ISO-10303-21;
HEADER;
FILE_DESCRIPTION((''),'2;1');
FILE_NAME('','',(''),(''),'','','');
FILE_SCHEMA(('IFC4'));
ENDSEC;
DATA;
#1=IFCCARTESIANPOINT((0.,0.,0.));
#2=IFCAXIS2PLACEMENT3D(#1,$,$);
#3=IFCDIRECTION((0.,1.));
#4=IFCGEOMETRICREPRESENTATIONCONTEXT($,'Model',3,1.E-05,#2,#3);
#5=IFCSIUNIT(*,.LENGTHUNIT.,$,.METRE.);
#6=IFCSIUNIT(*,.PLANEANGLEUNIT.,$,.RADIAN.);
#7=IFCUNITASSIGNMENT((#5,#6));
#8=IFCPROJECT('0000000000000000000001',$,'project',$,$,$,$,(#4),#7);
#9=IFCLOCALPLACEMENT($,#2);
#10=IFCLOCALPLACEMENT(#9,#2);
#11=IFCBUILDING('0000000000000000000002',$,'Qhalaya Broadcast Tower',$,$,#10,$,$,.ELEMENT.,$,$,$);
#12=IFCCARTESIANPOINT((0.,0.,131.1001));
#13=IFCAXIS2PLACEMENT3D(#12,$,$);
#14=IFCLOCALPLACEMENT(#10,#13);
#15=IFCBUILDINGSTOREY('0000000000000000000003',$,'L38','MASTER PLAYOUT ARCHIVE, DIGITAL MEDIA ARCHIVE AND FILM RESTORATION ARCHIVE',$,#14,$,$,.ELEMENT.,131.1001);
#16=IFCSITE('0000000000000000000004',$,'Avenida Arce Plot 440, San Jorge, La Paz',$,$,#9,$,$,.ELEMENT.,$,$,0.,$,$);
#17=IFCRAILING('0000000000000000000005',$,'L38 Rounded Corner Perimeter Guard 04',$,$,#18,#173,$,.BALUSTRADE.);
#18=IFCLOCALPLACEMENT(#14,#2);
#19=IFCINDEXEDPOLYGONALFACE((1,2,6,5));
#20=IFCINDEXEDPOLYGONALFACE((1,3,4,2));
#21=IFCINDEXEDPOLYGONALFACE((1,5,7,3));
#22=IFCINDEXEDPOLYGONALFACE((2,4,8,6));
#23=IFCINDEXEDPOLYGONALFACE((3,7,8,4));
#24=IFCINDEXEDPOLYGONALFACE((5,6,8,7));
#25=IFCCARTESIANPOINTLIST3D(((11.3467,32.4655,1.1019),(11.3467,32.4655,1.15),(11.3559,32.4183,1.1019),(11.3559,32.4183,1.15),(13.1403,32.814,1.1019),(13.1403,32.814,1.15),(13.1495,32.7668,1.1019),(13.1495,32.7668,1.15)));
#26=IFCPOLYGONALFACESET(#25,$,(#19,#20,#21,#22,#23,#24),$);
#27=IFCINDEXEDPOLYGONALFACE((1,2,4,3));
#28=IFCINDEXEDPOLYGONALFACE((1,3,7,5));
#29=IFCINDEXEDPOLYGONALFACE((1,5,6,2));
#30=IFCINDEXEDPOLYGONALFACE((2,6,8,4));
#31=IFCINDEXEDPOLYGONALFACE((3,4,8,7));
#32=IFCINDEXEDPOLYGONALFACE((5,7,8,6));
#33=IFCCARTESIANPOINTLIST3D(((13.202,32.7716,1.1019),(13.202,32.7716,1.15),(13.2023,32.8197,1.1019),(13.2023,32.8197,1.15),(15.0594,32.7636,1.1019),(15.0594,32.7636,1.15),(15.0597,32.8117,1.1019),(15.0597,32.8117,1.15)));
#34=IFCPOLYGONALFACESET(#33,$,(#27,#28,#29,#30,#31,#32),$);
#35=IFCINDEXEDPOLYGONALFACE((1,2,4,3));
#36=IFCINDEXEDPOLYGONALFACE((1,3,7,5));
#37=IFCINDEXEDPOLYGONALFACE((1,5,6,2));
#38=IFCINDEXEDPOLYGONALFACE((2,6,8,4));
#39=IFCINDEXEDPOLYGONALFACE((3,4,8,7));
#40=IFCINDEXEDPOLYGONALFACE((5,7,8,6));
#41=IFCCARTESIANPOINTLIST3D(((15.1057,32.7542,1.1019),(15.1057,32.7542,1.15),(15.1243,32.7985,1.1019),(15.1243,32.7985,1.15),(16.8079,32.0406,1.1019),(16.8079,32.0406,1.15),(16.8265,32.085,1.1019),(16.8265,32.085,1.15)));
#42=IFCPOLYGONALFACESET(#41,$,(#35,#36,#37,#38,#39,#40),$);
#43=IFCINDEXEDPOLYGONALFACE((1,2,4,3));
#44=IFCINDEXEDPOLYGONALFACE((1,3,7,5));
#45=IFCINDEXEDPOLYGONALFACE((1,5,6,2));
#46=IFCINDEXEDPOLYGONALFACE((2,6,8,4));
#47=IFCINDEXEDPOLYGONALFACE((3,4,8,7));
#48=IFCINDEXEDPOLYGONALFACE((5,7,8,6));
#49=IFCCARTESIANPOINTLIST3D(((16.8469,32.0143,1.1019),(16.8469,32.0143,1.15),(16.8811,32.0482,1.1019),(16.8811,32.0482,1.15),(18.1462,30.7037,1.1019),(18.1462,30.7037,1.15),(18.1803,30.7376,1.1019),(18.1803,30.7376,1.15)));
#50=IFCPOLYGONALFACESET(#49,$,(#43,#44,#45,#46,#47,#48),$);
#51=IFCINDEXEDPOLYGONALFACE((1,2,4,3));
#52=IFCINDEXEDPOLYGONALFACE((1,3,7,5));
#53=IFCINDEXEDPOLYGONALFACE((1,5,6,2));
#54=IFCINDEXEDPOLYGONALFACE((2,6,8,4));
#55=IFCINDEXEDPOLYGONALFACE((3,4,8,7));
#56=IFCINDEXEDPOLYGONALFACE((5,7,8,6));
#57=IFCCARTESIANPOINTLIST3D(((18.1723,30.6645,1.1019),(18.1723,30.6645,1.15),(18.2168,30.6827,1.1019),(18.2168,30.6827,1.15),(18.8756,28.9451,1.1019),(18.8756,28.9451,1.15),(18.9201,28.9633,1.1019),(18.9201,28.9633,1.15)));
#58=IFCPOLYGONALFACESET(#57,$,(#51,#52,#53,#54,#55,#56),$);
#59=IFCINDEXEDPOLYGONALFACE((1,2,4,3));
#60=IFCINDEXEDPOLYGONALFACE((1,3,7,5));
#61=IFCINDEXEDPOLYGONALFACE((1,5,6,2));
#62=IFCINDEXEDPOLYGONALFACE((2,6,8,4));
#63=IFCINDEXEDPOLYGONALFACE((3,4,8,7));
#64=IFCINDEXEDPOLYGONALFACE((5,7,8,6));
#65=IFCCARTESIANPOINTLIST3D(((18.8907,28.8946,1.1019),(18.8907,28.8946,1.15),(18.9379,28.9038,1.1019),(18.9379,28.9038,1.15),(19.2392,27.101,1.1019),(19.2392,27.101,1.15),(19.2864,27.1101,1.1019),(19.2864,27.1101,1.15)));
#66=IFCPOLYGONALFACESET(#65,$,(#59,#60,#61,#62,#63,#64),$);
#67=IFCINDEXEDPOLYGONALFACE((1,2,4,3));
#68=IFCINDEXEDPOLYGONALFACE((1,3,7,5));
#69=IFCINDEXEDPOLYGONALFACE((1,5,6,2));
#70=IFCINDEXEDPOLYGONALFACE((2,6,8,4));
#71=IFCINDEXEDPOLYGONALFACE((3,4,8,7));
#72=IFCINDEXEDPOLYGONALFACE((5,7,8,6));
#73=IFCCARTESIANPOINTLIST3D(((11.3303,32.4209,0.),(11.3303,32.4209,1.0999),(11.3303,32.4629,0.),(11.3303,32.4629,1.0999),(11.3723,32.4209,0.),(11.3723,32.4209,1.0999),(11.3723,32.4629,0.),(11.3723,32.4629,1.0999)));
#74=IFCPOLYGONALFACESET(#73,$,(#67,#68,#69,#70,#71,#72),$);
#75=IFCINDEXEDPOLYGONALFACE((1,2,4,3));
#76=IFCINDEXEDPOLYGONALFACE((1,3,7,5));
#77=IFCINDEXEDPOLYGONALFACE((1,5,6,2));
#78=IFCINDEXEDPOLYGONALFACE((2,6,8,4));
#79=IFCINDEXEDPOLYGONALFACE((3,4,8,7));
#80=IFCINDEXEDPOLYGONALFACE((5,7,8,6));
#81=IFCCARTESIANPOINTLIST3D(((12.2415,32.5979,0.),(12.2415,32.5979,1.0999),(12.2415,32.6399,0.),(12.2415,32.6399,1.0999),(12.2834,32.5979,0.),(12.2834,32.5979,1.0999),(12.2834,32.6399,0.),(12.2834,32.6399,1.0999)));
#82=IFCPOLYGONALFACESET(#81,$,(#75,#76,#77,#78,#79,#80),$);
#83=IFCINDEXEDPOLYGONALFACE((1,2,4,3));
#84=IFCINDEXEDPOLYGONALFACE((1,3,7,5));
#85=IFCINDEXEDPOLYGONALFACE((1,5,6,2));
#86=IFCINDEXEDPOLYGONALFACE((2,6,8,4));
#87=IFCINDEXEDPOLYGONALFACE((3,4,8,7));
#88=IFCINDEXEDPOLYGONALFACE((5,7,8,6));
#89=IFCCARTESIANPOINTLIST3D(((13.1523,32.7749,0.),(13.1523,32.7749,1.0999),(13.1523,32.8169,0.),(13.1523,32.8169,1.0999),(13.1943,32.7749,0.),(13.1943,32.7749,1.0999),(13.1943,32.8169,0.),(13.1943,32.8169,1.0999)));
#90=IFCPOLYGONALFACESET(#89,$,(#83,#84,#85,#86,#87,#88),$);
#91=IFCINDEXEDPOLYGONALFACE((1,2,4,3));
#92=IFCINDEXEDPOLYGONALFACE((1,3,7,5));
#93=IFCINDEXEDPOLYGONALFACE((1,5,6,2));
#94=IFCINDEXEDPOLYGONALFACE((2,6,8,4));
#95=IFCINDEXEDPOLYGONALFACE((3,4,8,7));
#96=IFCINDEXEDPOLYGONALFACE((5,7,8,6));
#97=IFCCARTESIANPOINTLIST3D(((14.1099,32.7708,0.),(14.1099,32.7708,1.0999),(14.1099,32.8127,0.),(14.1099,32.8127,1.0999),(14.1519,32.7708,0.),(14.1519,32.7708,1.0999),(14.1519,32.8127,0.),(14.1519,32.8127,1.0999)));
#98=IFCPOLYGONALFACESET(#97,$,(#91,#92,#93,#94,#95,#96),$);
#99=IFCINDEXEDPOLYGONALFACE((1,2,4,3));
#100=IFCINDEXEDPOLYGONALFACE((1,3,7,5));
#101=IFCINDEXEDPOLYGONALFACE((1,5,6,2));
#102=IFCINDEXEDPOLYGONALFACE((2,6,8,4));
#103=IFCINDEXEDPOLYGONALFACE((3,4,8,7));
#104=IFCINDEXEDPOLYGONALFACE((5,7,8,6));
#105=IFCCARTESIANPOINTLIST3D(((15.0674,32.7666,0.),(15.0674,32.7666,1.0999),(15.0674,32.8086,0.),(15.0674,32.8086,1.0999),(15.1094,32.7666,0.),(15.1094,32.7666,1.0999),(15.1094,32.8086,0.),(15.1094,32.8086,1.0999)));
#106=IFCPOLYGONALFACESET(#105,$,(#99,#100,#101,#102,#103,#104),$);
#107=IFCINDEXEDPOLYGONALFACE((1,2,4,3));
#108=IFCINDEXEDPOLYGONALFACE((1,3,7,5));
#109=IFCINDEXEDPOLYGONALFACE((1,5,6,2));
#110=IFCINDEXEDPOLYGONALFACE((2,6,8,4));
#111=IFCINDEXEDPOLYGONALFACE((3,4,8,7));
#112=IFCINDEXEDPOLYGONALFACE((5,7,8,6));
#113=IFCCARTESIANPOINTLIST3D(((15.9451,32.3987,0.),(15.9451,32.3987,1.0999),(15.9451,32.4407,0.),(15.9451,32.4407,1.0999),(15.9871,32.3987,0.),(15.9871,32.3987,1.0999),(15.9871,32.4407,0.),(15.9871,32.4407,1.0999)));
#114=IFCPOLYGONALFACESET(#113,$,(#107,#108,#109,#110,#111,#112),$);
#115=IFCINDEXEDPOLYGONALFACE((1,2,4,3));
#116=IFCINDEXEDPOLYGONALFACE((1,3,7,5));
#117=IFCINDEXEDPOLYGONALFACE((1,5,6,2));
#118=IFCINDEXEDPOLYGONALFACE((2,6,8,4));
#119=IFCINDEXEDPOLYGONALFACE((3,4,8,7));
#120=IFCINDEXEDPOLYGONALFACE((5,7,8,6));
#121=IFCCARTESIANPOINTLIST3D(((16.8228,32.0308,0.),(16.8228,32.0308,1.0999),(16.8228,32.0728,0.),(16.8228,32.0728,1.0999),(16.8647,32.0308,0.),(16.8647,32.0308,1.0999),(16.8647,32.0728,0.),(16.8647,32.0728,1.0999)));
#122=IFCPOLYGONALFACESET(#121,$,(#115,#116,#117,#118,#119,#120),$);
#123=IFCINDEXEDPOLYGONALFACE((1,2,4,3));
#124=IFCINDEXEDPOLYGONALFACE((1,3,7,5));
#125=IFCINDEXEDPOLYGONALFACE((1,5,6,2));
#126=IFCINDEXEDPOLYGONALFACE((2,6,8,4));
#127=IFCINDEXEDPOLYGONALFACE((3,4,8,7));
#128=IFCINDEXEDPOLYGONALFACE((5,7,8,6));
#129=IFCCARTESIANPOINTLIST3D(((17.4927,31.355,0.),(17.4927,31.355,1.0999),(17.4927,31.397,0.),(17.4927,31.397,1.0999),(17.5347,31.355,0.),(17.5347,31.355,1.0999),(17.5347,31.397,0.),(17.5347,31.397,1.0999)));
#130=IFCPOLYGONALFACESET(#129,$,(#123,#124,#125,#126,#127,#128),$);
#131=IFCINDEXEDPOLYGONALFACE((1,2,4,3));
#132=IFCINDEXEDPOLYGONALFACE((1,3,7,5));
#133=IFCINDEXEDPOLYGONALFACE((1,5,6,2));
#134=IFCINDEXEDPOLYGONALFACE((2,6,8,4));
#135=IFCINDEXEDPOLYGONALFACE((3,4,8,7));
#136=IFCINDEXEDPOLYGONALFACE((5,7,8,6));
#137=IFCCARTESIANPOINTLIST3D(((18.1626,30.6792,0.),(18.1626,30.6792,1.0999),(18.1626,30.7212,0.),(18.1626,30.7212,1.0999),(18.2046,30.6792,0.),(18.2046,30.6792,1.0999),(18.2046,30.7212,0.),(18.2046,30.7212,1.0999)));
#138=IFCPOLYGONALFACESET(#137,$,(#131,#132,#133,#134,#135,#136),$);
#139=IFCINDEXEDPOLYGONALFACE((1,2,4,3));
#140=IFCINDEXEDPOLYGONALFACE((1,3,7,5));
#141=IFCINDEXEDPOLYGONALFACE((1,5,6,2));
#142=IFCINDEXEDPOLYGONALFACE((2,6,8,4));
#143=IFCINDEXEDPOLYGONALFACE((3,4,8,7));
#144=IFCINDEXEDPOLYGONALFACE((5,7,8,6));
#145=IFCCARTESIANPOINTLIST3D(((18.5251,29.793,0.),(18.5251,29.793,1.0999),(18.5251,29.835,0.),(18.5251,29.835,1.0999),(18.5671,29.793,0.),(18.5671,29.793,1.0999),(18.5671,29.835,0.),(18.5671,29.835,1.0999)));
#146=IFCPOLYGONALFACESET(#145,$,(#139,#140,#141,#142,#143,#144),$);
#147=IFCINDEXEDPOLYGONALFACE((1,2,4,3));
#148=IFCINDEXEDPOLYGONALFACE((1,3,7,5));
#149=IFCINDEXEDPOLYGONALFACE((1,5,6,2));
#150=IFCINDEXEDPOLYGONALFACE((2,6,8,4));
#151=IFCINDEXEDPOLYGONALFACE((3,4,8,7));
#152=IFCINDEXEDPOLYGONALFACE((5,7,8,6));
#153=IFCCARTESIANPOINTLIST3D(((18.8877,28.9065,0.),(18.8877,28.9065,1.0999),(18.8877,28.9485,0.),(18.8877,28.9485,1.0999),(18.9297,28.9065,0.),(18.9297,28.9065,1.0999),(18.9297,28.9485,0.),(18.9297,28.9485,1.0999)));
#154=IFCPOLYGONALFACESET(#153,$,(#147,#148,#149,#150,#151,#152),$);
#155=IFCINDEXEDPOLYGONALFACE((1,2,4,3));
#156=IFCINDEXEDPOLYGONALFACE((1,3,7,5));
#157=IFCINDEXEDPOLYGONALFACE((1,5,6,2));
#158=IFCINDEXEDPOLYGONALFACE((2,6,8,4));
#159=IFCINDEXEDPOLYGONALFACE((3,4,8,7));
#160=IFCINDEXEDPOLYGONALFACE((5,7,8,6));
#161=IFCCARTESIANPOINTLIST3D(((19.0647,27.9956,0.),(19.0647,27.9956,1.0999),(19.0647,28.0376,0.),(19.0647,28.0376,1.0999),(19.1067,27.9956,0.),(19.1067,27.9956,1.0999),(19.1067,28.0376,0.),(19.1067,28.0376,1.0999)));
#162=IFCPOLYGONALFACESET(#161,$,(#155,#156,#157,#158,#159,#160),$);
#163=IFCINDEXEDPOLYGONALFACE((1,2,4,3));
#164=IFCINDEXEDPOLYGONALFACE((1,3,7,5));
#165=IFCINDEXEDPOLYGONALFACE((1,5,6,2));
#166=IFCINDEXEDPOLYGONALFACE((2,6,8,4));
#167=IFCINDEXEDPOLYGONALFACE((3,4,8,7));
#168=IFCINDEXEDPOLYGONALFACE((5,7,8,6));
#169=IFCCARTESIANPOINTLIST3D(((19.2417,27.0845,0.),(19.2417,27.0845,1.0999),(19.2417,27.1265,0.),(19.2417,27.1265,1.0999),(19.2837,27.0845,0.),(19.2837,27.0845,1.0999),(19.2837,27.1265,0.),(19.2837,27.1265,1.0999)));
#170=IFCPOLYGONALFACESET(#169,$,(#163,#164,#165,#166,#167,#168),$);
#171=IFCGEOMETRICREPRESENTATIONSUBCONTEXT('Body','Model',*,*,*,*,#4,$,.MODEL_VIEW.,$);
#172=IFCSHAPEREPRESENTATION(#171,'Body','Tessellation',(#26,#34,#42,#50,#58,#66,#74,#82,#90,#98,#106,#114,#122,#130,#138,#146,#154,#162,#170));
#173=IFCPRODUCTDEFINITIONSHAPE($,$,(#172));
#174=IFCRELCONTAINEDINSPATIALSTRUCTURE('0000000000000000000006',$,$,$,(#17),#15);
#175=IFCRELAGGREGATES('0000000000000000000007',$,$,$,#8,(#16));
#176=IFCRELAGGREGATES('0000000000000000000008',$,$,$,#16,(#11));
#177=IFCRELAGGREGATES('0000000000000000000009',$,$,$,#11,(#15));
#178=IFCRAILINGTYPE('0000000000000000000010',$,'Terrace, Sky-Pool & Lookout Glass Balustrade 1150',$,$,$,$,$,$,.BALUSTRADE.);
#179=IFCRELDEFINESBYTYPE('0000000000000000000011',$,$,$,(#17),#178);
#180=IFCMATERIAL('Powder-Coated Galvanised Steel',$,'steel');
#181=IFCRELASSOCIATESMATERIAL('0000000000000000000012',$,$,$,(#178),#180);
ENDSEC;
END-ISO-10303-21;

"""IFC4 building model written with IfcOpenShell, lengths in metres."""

from ifc_helpers import new_model, si_unit, direction, frame, origin, origin_2d, place, context, subcontext, project, spatial, rectangle, extrude, material, type_object, element, save


model = new_model("IFC4")

# Units and contexts
model_context = context("Model", 3, precision=1e-05, world=origin(), true_north=direction((0.0, 1.0)))
body_context = subcontext(model_context, "Body", "Model", "MODEL_VIEW")
ifc_project = project(units=[si_unit("LENGTHUNIT", "METRE"), si_unit("PLANEANGLEUNIT", "RADIAN")], contexts=[model_context])

# Site, building, storey
site_placement = place(None, origin())
site = spatial("IfcSite", under=ifc_project, at=site_placement, Name="Avenida Arce Plot 440, San Jorge, La Paz", CompositionType="ELEMENT", RefElevation=0.0)
building_placement = place(site_placement, origin())
building = spatial("IfcBuilding", under=site, at=building_placement, Name="Qhalaya Broadcast Tower", CompositionType="ELEMENT")
storey_placement = place(building_placement, frame((0.0, 0.0, 131.1001)))
storey = spatial("IfcBuildingStorey", under=building, at=storey_placement, Name="L38", Description="MASTER PLAYOUT ARCHIVE, DIGITAL MEDIA ARCHIVE AND FILM RESTORATION ARCHIVE", CompositionType="ELEMENT", Elevation=131.1001)

# Railing
ifc_material_1 = material(Name="Powder-Coated Galvanised Steel", Category="steel")
railing_type = type_object("IfcRailingType", Name="Terrace, Sky-Pool & Lookout Glass Balustrade 1150", PredefinedType="BALUSTRADE", material=ifc_material_1)
railing_placement = place(storey_placement, frame((11.3513, 32.4419, 0.0)))
element("IfcRailing", 1, at=railing_placement, inside=storey, type_object=railing_type, Name="L38 Rounded Corner Perimeter Guard 04", PredefinedType="BALUSTRADE", context=body_context, shape_type="SweptSolid", body=[
    extrude(rectangle(XDim=0.0481, YDim=0.0481, at=origin_2d()), frame((0.0, 0.0, 1.126), z_axis=(0.981643, 0.190725, 0.0), x_axis=(-0.190725, 0.981643, 0.0)), (0.0, 0.0, 1.0), 1.8271),
    extrude(rectangle(XDim=0.0481, YDim=0.0481, at=origin_2d()), frame((1.8508, 0.3538, 1.126), z_axis=(0.999991, -0.004334, 0.0), x_axis=(0.004334, 0.999991, 0.0)), (0.0, 0.0, 1.0), 1.8574),
    extrude(rectangle(XDim=0.0481, YDim=0.0481, at=origin_2d()), frame((3.7637, 0.3345, 1.126), z_axis=(0.922247, -0.3866, 0.0), x_axis=(0.3866, 0.922247, 0.0)), (0.0, 0.0, 1.0), 1.8457),
    extrude(rectangle(XDim=0.0481, YDim=0.0481, at=origin_2d()), frame((5.5127, -0.4106, 1.126), z_axis=(0.704021, -0.710179, 0.0), x_axis=(0.710179, 0.704021, 0.0)), (0.0, 0.0, 1.0), 1.8455),
    extrude(rectangle(XDim=0.0481, YDim=0.0481, at=origin_2d()), frame((6.8433, -1.7683, 1.126), z_axis=(0.378588, -0.925565, 0.0), x_axis=(0.925565, 0.378588, 0.0)), (0.0, 0.0, 1.0), 1.8577),
    extrude(rectangle(XDim=0.0481, YDim=0.0481, at=origin_2d()), frame((7.563, -3.5427, 1.126), z_axis=(0.190725, -0.981643, 0.0), x_axis=(0.981643, 0.190725, 0.0)), (0.0, 0.0, 1.0), 1.8271),
    extrude(rectangle(XDim=0.042, YDim=0.042, at=origin_2d()), origin(), (0.0, 0.0, 1.0), 1.0999),
    extrude(rectangle(XDim=0.042, YDim=0.042, at=origin_2d()), frame((0.9111, 0.177, 0.0)), (0.0, 0.0, 1.0), 1.0999),
    extrude(rectangle(XDim=0.042, YDim=0.042, at=origin_2d()), frame((1.822, 0.354, 0.0)), (0.0, 0.0, 1.0), 1.0999),
    extrude(rectangle(XDim=0.042, YDim=0.042, at=origin_2d()), frame((2.7795, 0.3499, 0.0)), (0.0, 0.0, 1.0), 1.0999),
    extrude(rectangle(XDim=0.042, YDim=0.042, at=origin_2d()), frame((3.7371, 0.3457, 0.0)), (0.0, 0.0, 1.0), 1.0999),
    extrude(rectangle(XDim=0.042, YDim=0.042, at=origin_2d()), frame((4.6147, -0.0222, 0.0)), (0.0, 0.0, 1.0), 1.0999),
    extrude(rectangle(XDim=0.042, YDim=0.042, at=origin_2d()), frame((5.4924, -0.3901, 0.0)), (0.0, 0.0, 1.0), 1.0999),
    extrude(rectangle(XDim=0.042, YDim=0.042, at=origin_2d()), frame((6.1624, -1.0659, 0.0)), (0.0, 0.0, 1.0), 1.0999),
    extrude(rectangle(XDim=0.042, YDim=0.042, at=origin_2d()), frame((6.8323, -1.7417, 0.0)), (0.0, 0.0, 1.0), 1.0999),
    extrude(rectangle(XDim=0.042, YDim=0.042, at=origin_2d()), frame((7.1948, -2.6279, 0.0)), (0.0, 0.0, 1.0), 1.0999),
    extrude(rectangle(XDim=0.042, YDim=0.042, at=origin_2d()), frame((7.5574, -3.5144, 0.0)), (0.0, 0.0, 1.0), 1.0999),
    extrude(rectangle(XDim=0.042, YDim=0.042, at=origin_2d()), frame((7.7344, -4.4253, 0.0)), (0.0, 0.0, 1.0), 1.0999),
    extrude(rectangle(XDim=0.042, YDim=0.042, at=origin_2d()), frame((7.9114, -5.3364, 0.0)), (0.0, 0.0, 1.0), 1.0999),
])

save(model, "model.ifc")
